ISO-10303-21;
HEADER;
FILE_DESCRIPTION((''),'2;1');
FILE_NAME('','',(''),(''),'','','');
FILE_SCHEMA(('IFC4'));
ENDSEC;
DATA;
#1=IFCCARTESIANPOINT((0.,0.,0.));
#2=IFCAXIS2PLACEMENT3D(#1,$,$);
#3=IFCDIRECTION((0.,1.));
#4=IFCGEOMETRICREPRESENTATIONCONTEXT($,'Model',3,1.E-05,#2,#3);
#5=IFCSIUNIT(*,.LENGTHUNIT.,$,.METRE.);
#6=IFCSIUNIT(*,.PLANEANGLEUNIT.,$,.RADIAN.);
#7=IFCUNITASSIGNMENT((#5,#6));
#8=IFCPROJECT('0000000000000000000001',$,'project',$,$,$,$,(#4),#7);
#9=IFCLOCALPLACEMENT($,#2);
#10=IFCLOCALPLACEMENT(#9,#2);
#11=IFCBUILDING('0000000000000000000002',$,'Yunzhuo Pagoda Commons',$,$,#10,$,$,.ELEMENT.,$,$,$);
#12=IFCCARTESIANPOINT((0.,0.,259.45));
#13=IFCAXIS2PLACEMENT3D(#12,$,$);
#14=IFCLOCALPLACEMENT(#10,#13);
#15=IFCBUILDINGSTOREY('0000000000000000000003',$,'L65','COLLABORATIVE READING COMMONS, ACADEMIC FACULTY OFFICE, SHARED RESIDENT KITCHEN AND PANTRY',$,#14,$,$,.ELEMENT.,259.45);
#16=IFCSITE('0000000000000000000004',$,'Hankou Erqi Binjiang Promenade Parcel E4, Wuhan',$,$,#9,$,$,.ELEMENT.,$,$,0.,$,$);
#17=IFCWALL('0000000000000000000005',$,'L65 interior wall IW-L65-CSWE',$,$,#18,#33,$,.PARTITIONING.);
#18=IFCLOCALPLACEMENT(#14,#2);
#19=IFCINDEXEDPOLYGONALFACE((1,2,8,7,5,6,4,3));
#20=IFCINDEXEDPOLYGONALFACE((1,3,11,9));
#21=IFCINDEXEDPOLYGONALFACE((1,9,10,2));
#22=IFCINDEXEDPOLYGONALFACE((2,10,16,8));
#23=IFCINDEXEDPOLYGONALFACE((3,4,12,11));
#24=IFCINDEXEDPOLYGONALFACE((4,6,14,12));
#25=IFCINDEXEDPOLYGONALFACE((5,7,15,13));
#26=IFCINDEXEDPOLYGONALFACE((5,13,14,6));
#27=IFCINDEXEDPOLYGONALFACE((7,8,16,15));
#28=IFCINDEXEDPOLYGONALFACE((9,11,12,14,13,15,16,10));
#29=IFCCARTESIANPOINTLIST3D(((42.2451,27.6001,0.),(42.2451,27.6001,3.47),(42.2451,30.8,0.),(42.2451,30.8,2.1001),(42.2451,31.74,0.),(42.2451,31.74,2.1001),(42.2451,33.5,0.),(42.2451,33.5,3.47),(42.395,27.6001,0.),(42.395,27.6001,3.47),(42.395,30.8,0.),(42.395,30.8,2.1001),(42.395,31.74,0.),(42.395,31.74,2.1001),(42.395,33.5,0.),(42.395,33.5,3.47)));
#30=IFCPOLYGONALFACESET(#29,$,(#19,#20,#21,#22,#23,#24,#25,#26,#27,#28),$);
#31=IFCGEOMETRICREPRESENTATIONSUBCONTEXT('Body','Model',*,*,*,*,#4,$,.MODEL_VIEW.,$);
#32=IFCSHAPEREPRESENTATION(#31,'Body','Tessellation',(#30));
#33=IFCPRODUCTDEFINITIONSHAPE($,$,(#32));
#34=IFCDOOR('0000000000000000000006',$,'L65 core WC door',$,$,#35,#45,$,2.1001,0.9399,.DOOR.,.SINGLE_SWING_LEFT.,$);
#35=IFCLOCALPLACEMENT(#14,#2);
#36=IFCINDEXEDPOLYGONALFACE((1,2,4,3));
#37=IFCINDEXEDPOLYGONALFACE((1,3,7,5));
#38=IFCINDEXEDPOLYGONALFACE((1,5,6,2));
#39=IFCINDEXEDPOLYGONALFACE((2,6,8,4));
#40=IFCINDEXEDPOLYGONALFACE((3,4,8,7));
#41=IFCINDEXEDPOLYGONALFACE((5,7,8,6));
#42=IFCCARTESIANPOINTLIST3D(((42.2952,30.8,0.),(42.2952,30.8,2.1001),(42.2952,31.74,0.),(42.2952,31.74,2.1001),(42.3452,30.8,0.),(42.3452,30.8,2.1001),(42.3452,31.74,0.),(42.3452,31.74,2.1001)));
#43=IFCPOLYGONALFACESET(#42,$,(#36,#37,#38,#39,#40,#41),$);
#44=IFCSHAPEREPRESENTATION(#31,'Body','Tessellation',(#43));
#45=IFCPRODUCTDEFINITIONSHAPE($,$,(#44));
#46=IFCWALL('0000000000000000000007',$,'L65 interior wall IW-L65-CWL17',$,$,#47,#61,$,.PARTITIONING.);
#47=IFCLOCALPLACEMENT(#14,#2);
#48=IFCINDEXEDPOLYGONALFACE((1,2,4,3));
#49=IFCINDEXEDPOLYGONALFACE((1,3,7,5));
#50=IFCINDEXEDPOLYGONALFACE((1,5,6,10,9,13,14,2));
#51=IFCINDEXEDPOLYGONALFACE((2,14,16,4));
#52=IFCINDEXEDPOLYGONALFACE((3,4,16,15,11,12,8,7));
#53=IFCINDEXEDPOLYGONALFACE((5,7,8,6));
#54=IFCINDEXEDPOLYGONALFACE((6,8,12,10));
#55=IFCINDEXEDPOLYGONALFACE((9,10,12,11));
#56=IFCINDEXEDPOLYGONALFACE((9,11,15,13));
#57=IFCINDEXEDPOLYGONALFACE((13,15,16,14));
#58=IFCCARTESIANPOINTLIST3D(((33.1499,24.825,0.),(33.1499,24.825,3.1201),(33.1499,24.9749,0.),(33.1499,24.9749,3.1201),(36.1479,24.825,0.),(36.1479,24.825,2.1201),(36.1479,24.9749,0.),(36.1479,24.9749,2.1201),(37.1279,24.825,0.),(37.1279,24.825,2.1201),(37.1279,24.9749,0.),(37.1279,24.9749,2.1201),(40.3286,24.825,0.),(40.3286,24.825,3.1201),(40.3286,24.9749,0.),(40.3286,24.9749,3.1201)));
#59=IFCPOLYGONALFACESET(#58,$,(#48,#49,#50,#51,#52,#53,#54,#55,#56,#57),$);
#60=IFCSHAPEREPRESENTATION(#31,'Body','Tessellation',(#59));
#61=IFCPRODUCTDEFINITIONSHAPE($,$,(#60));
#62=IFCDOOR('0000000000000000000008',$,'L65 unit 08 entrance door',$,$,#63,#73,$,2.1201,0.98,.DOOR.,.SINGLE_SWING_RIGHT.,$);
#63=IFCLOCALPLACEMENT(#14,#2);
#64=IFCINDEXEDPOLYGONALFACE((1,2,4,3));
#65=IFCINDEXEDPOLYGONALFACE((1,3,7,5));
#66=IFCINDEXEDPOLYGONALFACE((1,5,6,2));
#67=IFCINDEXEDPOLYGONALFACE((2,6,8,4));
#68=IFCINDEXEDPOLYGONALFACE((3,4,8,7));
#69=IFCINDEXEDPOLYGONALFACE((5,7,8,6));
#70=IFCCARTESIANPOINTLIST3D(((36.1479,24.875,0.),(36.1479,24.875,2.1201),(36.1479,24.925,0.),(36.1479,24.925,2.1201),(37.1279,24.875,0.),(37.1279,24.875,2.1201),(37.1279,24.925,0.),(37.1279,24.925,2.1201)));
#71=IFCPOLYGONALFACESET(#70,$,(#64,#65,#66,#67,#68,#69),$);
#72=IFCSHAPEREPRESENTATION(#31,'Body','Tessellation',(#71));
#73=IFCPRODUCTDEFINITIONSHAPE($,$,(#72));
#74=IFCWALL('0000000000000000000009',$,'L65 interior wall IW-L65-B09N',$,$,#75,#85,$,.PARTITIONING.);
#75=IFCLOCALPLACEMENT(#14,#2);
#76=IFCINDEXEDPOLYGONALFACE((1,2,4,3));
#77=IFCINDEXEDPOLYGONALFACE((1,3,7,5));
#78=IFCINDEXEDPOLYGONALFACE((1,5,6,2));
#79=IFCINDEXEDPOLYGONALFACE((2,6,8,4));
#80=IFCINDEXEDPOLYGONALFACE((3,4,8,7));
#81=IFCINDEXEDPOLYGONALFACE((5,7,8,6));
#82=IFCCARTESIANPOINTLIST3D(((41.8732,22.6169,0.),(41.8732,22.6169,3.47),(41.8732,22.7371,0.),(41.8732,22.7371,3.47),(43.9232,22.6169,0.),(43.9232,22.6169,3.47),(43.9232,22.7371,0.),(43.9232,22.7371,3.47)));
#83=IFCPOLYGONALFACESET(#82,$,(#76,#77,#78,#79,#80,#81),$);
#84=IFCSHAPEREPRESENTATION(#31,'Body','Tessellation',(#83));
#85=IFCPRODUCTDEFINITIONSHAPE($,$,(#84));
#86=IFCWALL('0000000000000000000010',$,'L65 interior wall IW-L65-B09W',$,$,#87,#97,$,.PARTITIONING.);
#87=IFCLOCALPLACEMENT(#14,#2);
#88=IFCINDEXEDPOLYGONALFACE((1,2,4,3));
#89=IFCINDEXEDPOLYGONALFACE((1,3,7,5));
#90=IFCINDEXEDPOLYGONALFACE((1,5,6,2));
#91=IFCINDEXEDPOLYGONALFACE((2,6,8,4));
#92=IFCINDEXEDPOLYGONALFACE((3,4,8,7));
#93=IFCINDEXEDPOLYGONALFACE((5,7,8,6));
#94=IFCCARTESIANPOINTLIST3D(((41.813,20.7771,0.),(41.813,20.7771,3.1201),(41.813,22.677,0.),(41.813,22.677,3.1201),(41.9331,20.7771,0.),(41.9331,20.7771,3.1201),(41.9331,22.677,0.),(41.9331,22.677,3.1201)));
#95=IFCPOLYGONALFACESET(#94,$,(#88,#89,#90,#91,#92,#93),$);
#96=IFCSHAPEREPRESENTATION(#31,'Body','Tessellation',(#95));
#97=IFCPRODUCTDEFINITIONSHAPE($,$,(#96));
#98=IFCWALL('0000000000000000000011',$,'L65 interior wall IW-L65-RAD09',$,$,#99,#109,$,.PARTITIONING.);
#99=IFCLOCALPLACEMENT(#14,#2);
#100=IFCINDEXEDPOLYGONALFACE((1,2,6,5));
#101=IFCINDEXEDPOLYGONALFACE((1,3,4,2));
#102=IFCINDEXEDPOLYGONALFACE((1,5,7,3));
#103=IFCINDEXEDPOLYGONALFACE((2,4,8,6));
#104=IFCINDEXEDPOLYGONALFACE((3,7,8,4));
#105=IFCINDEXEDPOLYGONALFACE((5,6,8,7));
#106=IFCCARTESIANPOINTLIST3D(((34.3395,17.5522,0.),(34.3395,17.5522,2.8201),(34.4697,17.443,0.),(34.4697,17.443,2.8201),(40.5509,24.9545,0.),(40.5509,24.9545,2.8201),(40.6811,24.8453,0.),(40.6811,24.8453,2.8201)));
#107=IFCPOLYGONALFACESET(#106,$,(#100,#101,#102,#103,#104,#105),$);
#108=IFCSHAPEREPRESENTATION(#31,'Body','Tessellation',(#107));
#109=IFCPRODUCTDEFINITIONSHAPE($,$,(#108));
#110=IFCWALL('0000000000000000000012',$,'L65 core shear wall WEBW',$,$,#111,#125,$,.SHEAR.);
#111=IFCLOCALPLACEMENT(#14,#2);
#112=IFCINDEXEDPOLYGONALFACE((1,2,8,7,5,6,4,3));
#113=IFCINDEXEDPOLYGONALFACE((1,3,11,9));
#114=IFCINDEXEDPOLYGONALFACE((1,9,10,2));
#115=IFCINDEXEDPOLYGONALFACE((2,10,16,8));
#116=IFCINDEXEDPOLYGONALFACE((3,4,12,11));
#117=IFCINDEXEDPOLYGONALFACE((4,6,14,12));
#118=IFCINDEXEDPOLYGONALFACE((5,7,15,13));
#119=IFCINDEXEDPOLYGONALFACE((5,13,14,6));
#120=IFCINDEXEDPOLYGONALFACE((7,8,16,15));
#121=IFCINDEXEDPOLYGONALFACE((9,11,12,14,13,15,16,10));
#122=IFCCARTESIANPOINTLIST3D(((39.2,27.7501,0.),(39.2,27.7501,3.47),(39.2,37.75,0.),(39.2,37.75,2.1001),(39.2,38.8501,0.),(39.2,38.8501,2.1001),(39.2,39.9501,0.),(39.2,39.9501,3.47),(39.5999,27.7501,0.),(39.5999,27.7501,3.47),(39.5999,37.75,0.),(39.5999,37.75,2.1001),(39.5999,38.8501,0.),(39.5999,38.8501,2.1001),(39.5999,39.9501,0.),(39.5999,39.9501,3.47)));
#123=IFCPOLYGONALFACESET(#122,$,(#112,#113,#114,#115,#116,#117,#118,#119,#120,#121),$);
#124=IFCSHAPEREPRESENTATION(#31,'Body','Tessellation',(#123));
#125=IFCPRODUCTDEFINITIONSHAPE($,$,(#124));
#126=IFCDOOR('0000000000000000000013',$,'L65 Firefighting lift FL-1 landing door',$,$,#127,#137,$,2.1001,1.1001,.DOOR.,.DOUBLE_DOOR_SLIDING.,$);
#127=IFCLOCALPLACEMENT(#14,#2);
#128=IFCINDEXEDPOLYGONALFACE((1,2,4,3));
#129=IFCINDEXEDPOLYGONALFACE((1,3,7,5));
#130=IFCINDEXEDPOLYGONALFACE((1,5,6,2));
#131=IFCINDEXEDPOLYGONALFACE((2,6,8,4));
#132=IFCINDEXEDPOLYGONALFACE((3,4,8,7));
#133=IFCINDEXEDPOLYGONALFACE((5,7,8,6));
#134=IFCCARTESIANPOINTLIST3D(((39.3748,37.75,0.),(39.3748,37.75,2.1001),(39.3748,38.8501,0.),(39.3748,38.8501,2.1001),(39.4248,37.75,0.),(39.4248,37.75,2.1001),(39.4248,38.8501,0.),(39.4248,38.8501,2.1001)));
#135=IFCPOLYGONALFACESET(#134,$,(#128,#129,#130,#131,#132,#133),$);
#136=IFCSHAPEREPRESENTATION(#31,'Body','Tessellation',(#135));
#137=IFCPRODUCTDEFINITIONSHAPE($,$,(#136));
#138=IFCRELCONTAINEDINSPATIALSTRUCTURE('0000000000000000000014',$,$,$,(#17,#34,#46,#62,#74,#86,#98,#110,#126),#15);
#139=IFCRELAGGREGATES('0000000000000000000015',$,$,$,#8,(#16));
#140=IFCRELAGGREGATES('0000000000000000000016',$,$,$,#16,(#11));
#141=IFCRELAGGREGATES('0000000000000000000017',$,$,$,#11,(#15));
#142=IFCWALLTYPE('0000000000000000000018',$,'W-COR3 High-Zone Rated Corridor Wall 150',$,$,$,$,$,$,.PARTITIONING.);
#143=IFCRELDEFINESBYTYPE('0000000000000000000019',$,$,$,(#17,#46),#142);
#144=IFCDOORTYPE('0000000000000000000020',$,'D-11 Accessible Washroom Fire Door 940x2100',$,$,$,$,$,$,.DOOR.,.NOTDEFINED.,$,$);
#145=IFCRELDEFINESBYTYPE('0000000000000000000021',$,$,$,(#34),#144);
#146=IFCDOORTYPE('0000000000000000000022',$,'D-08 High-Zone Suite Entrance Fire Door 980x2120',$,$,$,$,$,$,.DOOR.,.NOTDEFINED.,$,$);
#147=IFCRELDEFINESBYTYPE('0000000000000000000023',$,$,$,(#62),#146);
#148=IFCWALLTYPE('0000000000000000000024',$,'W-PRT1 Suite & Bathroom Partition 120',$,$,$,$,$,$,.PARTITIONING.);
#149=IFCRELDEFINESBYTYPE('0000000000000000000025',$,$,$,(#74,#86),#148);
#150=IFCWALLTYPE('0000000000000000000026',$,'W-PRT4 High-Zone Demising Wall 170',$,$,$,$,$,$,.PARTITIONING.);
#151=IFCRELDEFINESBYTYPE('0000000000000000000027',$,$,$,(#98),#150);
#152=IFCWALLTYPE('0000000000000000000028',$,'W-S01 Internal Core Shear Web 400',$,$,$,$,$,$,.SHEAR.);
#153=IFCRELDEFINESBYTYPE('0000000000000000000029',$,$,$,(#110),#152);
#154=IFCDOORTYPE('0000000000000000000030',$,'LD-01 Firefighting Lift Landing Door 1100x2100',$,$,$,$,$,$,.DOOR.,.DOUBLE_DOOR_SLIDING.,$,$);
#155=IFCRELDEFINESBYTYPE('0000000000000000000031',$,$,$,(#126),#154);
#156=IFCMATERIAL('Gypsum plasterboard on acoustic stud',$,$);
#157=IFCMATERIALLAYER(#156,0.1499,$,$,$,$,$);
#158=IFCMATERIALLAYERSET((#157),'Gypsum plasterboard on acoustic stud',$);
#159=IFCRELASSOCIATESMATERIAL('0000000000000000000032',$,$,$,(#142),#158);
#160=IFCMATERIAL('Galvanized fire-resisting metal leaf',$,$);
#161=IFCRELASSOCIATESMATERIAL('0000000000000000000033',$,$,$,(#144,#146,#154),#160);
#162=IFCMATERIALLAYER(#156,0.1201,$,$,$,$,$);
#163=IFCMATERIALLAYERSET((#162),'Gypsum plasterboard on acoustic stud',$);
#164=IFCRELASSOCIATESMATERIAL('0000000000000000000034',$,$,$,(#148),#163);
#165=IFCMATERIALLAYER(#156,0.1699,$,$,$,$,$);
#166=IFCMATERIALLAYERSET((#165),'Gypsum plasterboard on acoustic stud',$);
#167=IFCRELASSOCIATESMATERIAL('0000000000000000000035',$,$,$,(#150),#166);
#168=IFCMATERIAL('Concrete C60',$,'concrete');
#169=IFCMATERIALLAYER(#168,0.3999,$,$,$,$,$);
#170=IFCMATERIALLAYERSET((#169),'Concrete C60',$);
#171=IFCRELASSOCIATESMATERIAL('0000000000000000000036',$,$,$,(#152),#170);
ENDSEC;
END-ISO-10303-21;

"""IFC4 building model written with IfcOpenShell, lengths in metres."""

from ifc_helpers import new_model, si_unit, direction, frame, frame_2d, origin, origin_with_axes, place, context, subcontext, project, spatial, rectangle, extrude, source, transform, mapped, material, layer, layer_set, type_object, element, fill, save


model = new_model("IFC4")

# Units and contexts
model_context = context("Model", 3, precision=1e-05, world=origin(), true_north=direction((0.0, 1.0)))
body_context = subcontext(model_context, "Body", "Model", "MODEL_VIEW")
ifc_project = project(units=[si_unit("LENGTHUNIT", "METRE"), si_unit("PLANEANGLEUNIT", "RADIAN")], contexts=[model_context])

# Site, building, storey
site_placement = place(None, origin())
site = spatial("IfcSite", under=ifc_project, at=site_placement, Name="Hankou Erqi Binjiang Promenade Parcel E4, Wuhan", CompositionType="ELEMENT", RefElevation=0.0)
building_placement = place(site_placement, origin())
building = spatial("IfcBuilding", under=site, at=building_placement, Name="Yunzhuo Pagoda Commons", CompositionType="ELEMENT")
storey_placement = place(building_placement, frame((0.0, 0.0, 259.45)))
storey = spatial("IfcBuildingStorey", under=building, at=storey_placement, Name="L65", Description="COLLABORATIVE READING COMMONS, ACADEMIC FACULTY OFFICE, SHARED RESIDENT KITCHEN AND PANTRY", CompositionType="ELEMENT", Elevation=259.45)

# Walls, openings, doors
ifc_material_1 = material(Name="Gypsum plasterboard on acoustic stud")
ifc_layer_1 = layer(ifc_material_1, 0.1499)
ifc_layer_set_1 = layer_set([ifc_layer_1], Name="Gypsum plasterboard on acoustic stud")
wall_type_1 = type_object("IfcWallType", Name="W-COR3 High-Zone Rated Corridor Wall 150", PredefinedType="PARTITIONING", material=ifc_layer_set_1)
wall_1_placement = place(storey_placement, frame((42.3201, 27.6001, 0.0), z_axis=(0.0, 0.0, 1.0), x_axis=(0.0, 1.0, 0.0)))
wall_1 = element("IfcWall", 1, at=wall_1_placement, inside=storey, type_object=wall_type_1, Name="L65 interior wall IW-L65-CSWE", PredefinedType="PARTITIONING", context=body_context, shape_type="SweptSolid", body=[
    extrude(rectangle(XDim=5.8999, YDim=0.1499, at=frame_2d((2.95, 0.0))), origin(), (0.0, 0.0, 1.0), 3.47),
])
opening_1_placement = place(wall_1_placement, frame((3.2, 0.0, 0.0)))
opening_1 = element("IfcOpeningElement", 2, at=opening_1_placement, cuts=wall_1, PredefinedType="OPENING", context=body_context, shape_type="SweptSolid", body=[
    extrude(rectangle(XDim=0.9399, YDim=2.1001, at=frame_2d((0.47, 1.05))), frame((0.0, 0.085, 0.0), z_axis=(0.0, -1.0, 0.0), x_axis=(1.0, 0.0, 0.0)), (0.0, 0.0, 1.0), 0.1699),
])
ifc_material_2 = material(Name="Galvanized fire-resisting metal leaf")
door_type_1 = type_object("IfcDoorType", Name="D-11 Accessible Washroom Fire Door 940x2100", OperationType="NOTDEFINED", PredefinedType="DOOR", material=ifc_material_2)
shared_shape_1 = source(origin(), body_context, "Body", "SweptSolid", [
    extrude(rectangle(XDim=0.9399, YDim=2.1001, at=frame_2d((0.47, 1.05))), frame((0.0, 0.0249, 0.0), z_axis=(0.0, -1.0, 0.0), x_axis=(1.0, 0.0, 0.0)), (0.0, 0.0, 1.0), 0.05),
])
door_1_placement = place(opening_1_placement, origin_with_axes())
door_1 = element("IfcDoor", 3, at=door_1_placement, inside=storey, type_object=door_type_1, Name="L65 core WC door", OperationType="SINGLE_SWING_LEFT", OverallHeight=2.1001, OverallWidth=0.9399, PredefinedType="DOOR", context=body_context, shape_type="MappedRepresentation", body=[
    mapped(shared_shape_1, transform((0.0, 0.0, 0.0), scale=1.0)),
])
fill(opening_1, door_1)
door_type_2 = type_object("IfcDoorType", Name="D-08 High-Zone Suite Entrance Fire Door 980x2120", OperationType="NOTDEFINED", PredefinedType="DOOR", material=ifc_material_2)
shared_shape_2 = source(origin(), body_context, "Body", "SweptSolid", [
    extrude(rectangle(XDim=0.98, YDim=2.1201, at=frame_2d((0.49, 1.0601))), frame((0.0, 0.0249, 0.0), z_axis=(0.0, -1.0, 0.0), x_axis=(1.0, 0.0, 0.0)), (0.0, 0.0, 1.0), 0.05),
])
wall_2_placement = place(storey_placement, frame((40.3286, 24.8999, 0.0), z_axis=(0.0, 0.0, 1.0), x_axis=(-1.0, 0.0, 0.0)))
wall_2 = element("IfcWall", 4, at=wall_2_placement, inside=storey, type_object=wall_type_1, Name="L65 interior wall IW-L65-CWL17", PredefinedType="PARTITIONING", context=body_context, shape_type="SweptSolid", body=[
    extrude(rectangle(XDim=7.1787, YDim=0.1499, at=frame_2d((3.5894, 0.0))), origin(), (0.0, 0.0, 1.0), 3.1201),
])
opening_2_placement = place(wall_2_placement, frame((3.2007, 0.0, 0.0)))
opening_2 = element("IfcOpeningElement", 5, at=opening_2_placement, cuts=wall_2, PredefinedType="OPENING", context=body_context, shape_type="SweptSolid", body=[
    extrude(rectangle(XDim=0.98, YDim=2.1201, at=frame_2d((0.49, 1.0601))), frame((0.0, 0.085, 0.0), z_axis=(0.0, -1.0, 0.0), x_axis=(1.0, 0.0, 0.0)), (0.0, 0.0, 1.0), 0.1699),
])
door_2_placement = place(opening_2_placement, origin_with_axes())
door_2 = element("IfcDoor", 6, at=door_2_placement, inside=storey, type_object=door_type_2, Name="L65 unit 08 entrance door", OperationType="SINGLE_SWING_RIGHT", OverallHeight=2.1201, OverallWidth=0.98, PredefinedType="DOOR", context=body_context, shape_type="MappedRepresentation", body=[
    mapped(shared_shape_2, transform((0.0, 0.0, 0.0), scale=1.0)),
])
fill(opening_2, door_2)

# Walls
ifc_layer_2 = layer(ifc_material_1, 0.1201)
ifc_layer_set_2 = layer_set([ifc_layer_2], Name="Gypsum plasterboard on acoustic stud")
wall_type_2 = type_object("IfcWallType", Name="W-PRT1 Suite & Bathroom Partition 120", PredefinedType="PARTITIONING", material=ifc_layer_set_2)
wall_3_placement = place(storey_placement, frame((43.9231, 22.677, 0.0), z_axis=(0.0, 0.0, 1.0), x_axis=(-1.0, 0.0, 0.0)))
element("IfcWall", 7, at=wall_3_placement, inside=storey, type_object=wall_type_2, Name="L65 interior wall IW-L65-B09N", PredefinedType="PARTITIONING", context=body_context, shape_type="SweptSolid", body=[
    extrude(rectangle(XDim=2.05, YDim=0.1201, at=frame_2d((1.0249, 0.0))), origin(), (0.0, 0.0, 1.0), 3.47),
])
wall_4_placement = place(storey_placement, frame((41.873, 22.677, 0.0), z_axis=(0.0, 0.0, 1.0), x_axis=(0.0, -1.0, 0.0)))
element("IfcWall", 8, at=wall_4_placement, inside=storey, type_object=wall_type_2, Name="L65 interior wall IW-L65-B09W", PredefinedType="PARTITIONING", context=body_context, shape_type="SweptSolid", body=[
    extrude(rectangle(XDim=1.8999, YDim=0.1201, at=frame_2d((0.95, 0.0))), origin(), (0.0, 0.0, 1.0), 3.1201),
])
ifc_layer_3 = layer(ifc_material_1, 0.1699)
ifc_layer_set_3 = layer_set([ifc_layer_3], Name="Gypsum plasterboard on acoustic stud")
wall_type_3 = type_object("IfcWallType", Name="W-PRT4 High-Zone Demising Wall 170", PredefinedType="PARTITIONING", material=ifc_layer_set_3)
wall_5_placement = place(storey_placement, frame((40.616, 24.8999, 0.0), z_axis=(0.0, 0.0, 1.0), x_axis=(-0.642795, -0.766038, 0.0)))
element("IfcWall", 9, at=wall_5_placement, inside=storey, type_object=wall_type_3, Name="L65 interior wall IW-L65-RAD09", PredefinedType="PARTITIONING", context=body_context, shape_type="SweptSolid", body=[
    extrude(rectangle(XDim=9.6631, YDim=0.1699, at=frame_2d((4.8315, 0.0))), origin(), (0.0, 0.0, 1.0), 2.8201),
])

# Wall, opening, door
ifc_material_3 = material(Name="Concrete C60", Category="concrete")
ifc_layer_4 = layer(ifc_material_3, 0.3999)
ifc_layer_set_4 = layer_set([ifc_layer_4], Name="Concrete C60")
wall_type_4 = type_object("IfcWallType", Name="W-S01 Internal Core Shear Web 400", PredefinedType="SHEAR", material=ifc_layer_set_4)
wall_6_placement = place(storey_placement, frame((39.3999, 27.75, 0.0), z_axis=(0.0, 0.0, 1.0), x_axis=(0.0, 1.0, 0.0)))
wall_6 = element("IfcWall", 10, at=wall_6_placement, inside=storey, type_object=wall_type_4, Name="L65 core shear wall WEBW", PredefinedType="SHEAR", context=body_context, shape_type="SweptSolid", body=[
    extrude(rectangle(XDim=12.2, YDim=0.3999, at=frame_2d((6.1001, 0.0))), origin(), (0.0, 0.0, 1.0), 3.47),
])
opening_3_placement = place(wall_6_placement, frame((10.0, 0.0, 0.0)))
opening_3 = element("IfcOpeningElement", 11, at=opening_3_placement, cuts=wall_6, PredefinedType="OPENING", context=body_context, shape_type="SweptSolid", body=[
    extrude(rectangle(XDim=1.1001, YDim=2.1001, at=frame_2d((0.55, 1.05))), frame((0.0, 0.21, 0.0), z_axis=(0.0, -1.0, 0.0), x_axis=(1.0, 0.0, 0.0)), (0.0, 0.0, 1.0), 0.4199),
])
door_type_3 = type_object("IfcDoorType", Name="LD-01 Firefighting Lift Landing Door 1100x2100", OperationType="DOUBLE_DOOR_SLIDING", PredefinedType="DOOR", material=ifc_material_2)
shared_shape_3 = source(origin(), body_context, "Body", "SweptSolid", [
    extrude(rectangle(XDim=1.1001, YDim=2.1001, at=frame_2d((0.55, 1.05))), frame((0.0, 0.0249, 0.0), z_axis=(0.0, -1.0, 0.0), x_axis=(1.0, 0.0, 0.0)), (0.0, 0.0, 1.0), 0.05),
])
door_3_placement = place(opening_3_placement, frame((1.1001, 0.0, 0.0), z_axis=(0.0, 0.0, 1.0), x_axis=(-1.0, 0.0, 0.0)))
door_3 = element("IfcDoor", 12, at=door_3_placement, inside=storey, type_object=door_type_3, Name="L65 Firefighting lift FL-1 landing door", OperationType="DOUBLE_DOOR_SLIDING", OverallHeight=2.1001, OverallWidth=1.1001, PredefinedType="DOOR", context=body_context, shape_type="MappedRepresentation", body=[
    mapped(shared_shape_3, transform((0.0, 0.0, 0.0), scale=1.0)),
])
fill(opening_3, door_3)

save(model, "model.ifc")
